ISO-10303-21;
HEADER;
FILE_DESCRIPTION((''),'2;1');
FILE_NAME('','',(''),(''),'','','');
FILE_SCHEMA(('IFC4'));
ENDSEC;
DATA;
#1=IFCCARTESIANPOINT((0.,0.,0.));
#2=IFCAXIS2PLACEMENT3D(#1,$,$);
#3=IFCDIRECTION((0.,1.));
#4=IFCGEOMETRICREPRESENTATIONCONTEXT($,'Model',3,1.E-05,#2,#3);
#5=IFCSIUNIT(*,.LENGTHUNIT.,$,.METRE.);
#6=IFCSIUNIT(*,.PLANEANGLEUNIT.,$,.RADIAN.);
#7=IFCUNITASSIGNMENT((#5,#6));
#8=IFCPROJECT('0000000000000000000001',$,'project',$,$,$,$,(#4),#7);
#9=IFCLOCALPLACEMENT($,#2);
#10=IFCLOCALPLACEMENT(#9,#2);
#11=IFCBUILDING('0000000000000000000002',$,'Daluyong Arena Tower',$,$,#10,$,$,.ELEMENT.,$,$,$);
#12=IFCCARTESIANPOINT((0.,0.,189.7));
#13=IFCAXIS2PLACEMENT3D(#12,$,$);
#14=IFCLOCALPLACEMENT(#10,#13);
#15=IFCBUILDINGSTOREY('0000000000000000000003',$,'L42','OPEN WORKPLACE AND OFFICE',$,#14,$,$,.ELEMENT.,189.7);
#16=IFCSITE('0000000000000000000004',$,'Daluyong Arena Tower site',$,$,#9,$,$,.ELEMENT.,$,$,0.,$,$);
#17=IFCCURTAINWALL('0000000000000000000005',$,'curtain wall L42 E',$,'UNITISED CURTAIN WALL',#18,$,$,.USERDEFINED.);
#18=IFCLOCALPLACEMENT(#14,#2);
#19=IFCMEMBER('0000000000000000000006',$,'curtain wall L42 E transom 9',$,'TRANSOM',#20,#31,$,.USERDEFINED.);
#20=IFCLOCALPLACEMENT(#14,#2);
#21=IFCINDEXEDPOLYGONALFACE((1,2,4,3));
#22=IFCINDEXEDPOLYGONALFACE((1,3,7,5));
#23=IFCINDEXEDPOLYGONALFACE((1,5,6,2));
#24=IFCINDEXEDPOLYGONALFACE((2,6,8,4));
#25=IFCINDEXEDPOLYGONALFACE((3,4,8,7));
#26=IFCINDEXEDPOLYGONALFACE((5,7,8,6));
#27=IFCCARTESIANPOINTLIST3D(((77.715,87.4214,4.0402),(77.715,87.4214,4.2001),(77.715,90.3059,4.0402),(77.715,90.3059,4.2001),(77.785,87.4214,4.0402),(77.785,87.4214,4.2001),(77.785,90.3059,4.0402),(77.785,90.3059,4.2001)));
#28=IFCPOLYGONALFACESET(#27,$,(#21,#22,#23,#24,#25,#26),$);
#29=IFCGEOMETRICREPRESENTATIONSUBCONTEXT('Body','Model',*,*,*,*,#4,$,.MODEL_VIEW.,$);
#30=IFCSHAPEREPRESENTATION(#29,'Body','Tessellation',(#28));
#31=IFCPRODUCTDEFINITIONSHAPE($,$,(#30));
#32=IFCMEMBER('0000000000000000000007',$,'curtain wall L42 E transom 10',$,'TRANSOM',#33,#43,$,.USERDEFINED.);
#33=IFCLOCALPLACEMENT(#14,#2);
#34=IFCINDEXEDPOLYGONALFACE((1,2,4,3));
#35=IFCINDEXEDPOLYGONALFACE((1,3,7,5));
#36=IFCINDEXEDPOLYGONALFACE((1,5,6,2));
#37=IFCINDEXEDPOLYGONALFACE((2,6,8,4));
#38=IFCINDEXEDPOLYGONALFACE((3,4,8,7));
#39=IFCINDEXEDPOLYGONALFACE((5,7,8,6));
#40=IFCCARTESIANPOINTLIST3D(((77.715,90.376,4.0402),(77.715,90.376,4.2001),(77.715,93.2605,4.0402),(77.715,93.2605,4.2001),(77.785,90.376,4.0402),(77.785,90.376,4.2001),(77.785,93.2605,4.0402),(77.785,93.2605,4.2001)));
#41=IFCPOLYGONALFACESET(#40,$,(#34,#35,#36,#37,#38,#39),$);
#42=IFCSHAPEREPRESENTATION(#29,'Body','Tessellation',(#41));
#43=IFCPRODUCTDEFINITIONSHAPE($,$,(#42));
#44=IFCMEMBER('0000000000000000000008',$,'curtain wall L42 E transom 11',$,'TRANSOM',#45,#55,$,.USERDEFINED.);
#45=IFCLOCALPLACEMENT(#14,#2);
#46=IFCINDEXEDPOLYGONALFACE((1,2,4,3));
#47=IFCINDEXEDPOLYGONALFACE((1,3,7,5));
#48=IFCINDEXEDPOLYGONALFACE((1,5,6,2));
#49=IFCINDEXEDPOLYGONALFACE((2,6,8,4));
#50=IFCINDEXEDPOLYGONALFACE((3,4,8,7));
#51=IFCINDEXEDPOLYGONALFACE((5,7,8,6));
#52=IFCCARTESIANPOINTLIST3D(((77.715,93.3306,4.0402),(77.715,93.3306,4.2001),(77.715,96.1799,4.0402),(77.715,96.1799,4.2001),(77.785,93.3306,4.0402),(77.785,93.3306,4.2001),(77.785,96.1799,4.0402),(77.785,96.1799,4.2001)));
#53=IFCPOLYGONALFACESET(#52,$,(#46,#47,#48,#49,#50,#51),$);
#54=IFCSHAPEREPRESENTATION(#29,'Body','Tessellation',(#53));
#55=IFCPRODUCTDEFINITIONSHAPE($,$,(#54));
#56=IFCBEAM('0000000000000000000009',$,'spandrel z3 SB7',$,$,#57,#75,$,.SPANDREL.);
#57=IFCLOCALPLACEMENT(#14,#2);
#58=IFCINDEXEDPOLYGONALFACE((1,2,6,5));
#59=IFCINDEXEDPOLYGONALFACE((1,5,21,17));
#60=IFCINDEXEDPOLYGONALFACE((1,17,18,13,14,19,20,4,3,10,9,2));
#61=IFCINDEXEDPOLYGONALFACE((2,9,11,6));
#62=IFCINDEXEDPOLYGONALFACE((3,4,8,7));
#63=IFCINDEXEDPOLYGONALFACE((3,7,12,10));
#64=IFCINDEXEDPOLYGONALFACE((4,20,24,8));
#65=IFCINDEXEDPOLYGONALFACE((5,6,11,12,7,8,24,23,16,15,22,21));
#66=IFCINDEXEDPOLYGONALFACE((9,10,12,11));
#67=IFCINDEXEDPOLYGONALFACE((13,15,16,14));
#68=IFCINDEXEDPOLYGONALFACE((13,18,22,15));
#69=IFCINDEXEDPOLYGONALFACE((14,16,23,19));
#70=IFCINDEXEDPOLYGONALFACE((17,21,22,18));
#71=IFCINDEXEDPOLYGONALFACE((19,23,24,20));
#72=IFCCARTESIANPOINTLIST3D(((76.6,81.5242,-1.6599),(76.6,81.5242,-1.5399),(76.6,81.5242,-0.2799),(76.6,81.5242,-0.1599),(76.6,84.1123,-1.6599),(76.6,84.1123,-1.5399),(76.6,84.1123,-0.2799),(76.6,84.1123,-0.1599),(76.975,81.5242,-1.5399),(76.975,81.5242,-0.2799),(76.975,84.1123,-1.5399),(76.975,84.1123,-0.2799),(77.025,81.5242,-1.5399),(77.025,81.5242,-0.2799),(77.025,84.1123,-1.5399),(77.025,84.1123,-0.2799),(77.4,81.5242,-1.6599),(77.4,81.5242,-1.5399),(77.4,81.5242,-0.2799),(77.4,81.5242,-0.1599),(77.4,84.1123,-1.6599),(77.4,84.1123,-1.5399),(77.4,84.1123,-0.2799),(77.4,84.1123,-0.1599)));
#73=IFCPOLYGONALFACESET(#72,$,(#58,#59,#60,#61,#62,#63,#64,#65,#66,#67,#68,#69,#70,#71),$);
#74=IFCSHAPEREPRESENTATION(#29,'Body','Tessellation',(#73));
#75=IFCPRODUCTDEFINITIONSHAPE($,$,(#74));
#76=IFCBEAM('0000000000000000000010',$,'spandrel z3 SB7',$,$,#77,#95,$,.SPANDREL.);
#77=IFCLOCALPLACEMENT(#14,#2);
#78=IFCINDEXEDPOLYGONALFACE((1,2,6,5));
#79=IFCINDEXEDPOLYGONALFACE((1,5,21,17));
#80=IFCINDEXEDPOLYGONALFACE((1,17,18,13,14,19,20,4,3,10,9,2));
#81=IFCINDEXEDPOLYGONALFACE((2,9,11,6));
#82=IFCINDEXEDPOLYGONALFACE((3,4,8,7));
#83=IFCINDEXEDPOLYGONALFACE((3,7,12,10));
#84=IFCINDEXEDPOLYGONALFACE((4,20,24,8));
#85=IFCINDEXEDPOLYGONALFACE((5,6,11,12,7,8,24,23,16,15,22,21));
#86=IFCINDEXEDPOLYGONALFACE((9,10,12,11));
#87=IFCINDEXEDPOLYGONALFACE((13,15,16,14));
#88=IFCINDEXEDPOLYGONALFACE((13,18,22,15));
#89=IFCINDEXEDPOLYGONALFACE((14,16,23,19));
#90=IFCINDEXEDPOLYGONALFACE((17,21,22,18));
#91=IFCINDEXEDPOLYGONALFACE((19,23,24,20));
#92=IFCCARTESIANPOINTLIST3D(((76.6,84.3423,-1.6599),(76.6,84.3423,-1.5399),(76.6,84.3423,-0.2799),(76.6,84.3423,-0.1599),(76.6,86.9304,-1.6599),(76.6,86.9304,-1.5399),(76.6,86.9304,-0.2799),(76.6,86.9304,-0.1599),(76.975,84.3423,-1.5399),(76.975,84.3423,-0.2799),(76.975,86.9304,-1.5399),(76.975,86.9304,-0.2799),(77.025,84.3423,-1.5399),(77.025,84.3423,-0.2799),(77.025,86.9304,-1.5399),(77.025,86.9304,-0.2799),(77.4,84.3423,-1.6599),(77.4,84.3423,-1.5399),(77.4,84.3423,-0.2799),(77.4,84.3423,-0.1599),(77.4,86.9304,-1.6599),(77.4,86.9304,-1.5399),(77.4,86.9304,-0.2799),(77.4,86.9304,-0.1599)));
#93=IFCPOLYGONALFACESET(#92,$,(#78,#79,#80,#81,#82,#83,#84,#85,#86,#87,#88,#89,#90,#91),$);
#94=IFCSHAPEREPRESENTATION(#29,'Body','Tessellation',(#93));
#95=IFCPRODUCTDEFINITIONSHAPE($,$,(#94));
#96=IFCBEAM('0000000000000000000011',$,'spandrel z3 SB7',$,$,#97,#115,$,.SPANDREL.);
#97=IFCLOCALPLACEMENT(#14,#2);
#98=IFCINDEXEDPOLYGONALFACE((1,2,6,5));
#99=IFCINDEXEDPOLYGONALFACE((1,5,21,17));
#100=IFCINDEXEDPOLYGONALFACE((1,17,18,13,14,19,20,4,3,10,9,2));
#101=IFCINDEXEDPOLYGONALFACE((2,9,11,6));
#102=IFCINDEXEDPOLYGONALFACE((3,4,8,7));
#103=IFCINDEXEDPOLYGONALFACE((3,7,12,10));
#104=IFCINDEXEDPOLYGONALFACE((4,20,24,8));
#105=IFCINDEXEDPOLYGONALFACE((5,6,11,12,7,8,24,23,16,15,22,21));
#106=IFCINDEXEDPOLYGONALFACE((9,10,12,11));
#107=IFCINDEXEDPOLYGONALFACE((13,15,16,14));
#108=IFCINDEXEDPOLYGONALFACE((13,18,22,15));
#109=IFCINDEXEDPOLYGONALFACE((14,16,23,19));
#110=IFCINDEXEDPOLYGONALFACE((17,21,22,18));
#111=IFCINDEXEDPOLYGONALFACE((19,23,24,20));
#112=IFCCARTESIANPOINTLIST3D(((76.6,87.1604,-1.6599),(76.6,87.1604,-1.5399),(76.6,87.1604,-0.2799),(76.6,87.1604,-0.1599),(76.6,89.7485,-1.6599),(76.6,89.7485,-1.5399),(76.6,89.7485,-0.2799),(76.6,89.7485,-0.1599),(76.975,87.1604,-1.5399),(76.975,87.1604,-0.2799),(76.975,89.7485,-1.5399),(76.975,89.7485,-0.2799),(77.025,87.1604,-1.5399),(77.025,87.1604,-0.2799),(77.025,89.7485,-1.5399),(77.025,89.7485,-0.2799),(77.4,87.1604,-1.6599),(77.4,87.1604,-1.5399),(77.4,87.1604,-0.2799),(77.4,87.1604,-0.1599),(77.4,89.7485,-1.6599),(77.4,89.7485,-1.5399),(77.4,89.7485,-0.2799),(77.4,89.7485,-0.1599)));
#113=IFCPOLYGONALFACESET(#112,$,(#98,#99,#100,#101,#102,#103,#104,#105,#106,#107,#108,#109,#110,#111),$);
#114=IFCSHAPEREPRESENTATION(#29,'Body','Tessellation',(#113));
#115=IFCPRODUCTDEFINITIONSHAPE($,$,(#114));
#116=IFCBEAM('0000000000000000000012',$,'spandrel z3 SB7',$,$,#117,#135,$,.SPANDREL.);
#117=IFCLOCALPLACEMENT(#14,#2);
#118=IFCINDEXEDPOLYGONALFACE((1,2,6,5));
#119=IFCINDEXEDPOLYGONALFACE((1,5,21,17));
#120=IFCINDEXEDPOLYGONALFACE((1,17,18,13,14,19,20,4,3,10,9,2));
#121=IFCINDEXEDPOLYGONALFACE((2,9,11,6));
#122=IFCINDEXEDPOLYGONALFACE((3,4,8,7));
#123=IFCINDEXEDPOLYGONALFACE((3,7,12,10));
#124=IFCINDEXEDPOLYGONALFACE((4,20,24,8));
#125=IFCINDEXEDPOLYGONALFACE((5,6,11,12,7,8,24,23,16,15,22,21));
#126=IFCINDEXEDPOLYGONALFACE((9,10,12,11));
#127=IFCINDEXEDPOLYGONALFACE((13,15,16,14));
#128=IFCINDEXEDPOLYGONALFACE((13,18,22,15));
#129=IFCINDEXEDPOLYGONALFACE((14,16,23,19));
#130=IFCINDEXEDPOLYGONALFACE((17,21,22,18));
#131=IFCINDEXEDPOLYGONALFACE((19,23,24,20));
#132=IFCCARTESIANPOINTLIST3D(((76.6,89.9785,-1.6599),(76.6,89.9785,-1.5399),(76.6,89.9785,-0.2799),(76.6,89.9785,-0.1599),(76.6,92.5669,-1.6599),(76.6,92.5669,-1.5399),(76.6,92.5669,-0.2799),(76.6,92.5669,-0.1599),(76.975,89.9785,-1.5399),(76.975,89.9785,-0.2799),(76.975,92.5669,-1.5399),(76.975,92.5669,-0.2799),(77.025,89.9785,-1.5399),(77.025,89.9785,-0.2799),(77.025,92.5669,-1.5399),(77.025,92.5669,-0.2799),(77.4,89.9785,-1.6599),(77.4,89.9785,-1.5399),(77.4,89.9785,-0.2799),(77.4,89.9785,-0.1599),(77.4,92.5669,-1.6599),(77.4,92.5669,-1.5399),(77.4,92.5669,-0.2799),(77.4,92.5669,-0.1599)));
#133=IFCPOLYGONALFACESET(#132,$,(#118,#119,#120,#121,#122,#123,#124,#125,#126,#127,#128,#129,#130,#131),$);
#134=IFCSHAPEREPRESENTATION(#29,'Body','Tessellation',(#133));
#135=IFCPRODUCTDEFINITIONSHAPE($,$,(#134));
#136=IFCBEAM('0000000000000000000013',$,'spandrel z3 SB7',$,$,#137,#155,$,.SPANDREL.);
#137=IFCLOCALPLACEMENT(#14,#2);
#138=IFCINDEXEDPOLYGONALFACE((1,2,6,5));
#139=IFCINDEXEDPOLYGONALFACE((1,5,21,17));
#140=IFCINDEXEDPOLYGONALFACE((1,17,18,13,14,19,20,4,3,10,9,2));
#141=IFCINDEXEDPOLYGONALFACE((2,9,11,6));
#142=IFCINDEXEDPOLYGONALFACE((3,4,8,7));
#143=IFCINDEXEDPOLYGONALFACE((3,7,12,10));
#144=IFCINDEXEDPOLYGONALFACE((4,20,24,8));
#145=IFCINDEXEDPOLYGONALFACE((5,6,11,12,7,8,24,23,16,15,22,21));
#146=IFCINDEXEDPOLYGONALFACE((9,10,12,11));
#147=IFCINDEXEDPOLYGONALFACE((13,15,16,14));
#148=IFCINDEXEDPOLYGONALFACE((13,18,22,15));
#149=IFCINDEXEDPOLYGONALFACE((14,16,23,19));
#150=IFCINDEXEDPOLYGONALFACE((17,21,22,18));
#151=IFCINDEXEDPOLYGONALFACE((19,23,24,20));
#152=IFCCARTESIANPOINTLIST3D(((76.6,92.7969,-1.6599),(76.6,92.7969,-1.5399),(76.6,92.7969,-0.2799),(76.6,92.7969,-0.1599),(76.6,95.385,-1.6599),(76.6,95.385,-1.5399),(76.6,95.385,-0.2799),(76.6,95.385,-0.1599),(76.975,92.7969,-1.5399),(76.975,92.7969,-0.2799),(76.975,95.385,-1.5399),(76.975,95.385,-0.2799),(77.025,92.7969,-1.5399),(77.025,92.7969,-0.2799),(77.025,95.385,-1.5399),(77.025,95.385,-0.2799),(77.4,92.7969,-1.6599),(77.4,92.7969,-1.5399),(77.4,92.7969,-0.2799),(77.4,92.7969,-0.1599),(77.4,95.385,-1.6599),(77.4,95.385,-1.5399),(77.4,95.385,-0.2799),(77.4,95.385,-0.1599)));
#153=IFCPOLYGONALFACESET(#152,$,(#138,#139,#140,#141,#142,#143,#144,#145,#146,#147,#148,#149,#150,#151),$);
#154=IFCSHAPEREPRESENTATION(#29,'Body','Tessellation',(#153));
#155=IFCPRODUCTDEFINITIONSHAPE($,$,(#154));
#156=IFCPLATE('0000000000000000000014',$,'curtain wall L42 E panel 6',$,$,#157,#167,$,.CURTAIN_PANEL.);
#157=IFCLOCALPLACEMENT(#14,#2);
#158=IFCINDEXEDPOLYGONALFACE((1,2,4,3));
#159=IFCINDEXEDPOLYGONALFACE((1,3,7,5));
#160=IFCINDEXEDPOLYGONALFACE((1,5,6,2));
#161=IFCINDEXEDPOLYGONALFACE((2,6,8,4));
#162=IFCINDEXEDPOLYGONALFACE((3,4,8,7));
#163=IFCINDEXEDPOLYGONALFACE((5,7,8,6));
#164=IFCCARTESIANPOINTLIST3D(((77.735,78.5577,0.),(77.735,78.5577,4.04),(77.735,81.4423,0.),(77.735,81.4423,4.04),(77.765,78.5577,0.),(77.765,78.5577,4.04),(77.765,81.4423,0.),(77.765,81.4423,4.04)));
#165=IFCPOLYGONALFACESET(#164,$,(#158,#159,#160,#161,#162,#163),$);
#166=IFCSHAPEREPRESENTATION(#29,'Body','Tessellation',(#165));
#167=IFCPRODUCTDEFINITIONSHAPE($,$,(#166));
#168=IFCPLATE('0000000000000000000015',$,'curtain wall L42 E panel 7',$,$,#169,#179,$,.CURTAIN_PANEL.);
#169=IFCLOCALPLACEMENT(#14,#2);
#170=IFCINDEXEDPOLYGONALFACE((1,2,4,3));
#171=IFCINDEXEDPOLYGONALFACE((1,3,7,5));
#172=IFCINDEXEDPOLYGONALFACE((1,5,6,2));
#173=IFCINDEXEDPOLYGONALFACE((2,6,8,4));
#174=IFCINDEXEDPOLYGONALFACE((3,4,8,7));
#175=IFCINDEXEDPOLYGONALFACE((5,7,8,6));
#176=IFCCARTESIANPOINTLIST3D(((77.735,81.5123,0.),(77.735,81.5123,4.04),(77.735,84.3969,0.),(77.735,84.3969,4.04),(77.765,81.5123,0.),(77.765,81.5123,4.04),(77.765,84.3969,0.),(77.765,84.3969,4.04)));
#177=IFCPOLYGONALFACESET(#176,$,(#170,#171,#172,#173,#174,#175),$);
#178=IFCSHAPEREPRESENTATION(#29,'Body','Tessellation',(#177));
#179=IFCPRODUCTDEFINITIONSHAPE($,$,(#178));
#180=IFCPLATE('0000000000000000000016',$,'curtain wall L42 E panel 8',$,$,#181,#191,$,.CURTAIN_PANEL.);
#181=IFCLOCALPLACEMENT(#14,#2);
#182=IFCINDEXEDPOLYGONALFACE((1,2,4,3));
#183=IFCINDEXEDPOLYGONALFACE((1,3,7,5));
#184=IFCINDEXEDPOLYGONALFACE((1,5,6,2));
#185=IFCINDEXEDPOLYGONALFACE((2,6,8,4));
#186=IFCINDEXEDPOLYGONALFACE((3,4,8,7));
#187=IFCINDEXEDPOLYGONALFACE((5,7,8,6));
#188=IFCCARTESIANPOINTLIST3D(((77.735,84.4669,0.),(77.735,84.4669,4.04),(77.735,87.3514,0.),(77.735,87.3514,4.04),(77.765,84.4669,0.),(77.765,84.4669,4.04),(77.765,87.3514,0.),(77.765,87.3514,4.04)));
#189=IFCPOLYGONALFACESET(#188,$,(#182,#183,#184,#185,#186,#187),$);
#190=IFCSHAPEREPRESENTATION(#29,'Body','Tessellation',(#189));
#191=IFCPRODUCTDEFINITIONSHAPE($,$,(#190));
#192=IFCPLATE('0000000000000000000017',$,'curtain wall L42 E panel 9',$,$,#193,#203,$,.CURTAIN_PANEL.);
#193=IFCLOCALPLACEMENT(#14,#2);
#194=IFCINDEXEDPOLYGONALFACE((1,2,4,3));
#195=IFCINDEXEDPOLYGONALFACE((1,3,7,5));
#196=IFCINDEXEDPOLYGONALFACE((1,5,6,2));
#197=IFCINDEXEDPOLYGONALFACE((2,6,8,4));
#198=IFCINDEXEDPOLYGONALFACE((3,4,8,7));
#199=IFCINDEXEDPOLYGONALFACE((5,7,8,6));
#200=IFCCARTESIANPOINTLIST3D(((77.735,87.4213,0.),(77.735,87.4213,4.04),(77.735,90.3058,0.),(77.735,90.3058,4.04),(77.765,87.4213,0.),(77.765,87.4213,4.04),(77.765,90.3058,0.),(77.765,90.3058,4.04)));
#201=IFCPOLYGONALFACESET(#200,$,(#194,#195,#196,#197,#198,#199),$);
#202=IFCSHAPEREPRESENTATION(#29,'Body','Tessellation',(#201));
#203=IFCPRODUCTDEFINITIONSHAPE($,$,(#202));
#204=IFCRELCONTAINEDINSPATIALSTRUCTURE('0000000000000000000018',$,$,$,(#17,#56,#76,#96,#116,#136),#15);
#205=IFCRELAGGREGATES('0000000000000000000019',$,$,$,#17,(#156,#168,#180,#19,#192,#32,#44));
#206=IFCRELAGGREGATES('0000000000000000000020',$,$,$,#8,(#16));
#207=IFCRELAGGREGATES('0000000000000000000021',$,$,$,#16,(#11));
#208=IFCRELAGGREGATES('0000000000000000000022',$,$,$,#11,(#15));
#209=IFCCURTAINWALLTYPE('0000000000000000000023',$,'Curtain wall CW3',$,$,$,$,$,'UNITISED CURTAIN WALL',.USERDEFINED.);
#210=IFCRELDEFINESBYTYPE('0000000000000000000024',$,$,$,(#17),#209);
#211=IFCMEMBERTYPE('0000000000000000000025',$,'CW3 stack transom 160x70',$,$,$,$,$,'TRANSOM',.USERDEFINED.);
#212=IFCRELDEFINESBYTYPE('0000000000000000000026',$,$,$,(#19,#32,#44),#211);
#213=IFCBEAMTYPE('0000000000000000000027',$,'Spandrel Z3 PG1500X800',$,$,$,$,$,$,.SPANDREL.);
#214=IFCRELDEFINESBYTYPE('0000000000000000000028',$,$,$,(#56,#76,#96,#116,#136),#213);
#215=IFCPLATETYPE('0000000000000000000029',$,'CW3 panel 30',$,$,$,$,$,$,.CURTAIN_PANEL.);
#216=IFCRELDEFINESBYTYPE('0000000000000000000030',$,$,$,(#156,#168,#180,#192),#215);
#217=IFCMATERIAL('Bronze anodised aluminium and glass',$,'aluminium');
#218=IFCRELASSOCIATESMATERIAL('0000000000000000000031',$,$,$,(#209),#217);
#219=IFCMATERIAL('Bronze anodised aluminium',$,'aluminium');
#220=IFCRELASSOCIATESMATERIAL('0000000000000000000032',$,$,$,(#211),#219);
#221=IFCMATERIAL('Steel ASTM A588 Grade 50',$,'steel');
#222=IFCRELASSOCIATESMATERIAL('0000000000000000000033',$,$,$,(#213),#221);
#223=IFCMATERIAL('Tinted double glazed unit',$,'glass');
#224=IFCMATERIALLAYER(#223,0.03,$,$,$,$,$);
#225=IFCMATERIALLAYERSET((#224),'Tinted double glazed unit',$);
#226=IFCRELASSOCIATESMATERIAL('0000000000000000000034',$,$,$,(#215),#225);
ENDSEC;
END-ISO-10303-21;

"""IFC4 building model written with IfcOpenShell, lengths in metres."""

from ifc_helpers import new_model, si_unit, direction, frame, origin, origin_2d, place, context, subcontext, project, spatial, rectangle, i_section, extrude, material, layer, layer_set, material_profile, profile_set, type_object, element, aggregate, save


model = new_model("IFC4")

# Units and contexts
model_context = context("Model", 3, precision=1e-05, world=origin(), true_north=direction((0.0, 1.0)))
body_context = subcontext(model_context, "Body", "Model", "MODEL_VIEW")
ifc_project = project(units=[si_unit("LENGTHUNIT", "METRE"), si_unit("PLANEANGLEUNIT", "RADIAN")], contexts=[model_context])

# Site, building, storey
site_placement = place(None, origin())
site = spatial("IfcSite", under=ifc_project, at=site_placement, Name="Daluyong Arena Tower site", CompositionType="ELEMENT", RefElevation=0.0)
building_placement = place(site_placement, origin())
building = spatial("IfcBuilding", under=site, at=building_placement, Name="Daluyong Arena Tower", CompositionType="ELEMENT")
storey_placement = place(building_placement, frame((0.0, 0.0, 189.7)))
storey = spatial("IfcBuildingStorey", under=building, at=storey_placement, Name="L42", Description="OPEN WORKPLACE AND OFFICE", CompositionType="ELEMENT", Elevation=189.7)

# Curtain wall, members
ifc_material_1 = material(Name="Bronze anodised aluminium and glass", Category="aluminium")
curtain_wall_type = type_object("IfcCurtainWallType", Name="Curtain wall CW3", ElementType="UNITISED CURTAIN WALL", PredefinedType="USERDEFINED", material=ifc_material_1)
curtain_wall_placement = place(storey_placement, origin())
curtain_wall = element("IfcCurtainWall", 1, at=curtain_wall_placement, inside=storey, type_object=curtain_wall_type, Name="curtain wall L42 E", ObjectType="UNITISED CURTAIN WALL", PredefinedType="USERDEFINED")
ifc_material_2 = material(Name="Bronze anodised aluminium", Category="aluminium")
ifc_material_profile_1 = material_profile(ifc_material_2, rectangle(XDim=0.0701, YDim=0.1599, at=origin_2d()))
ifc_profile_set_1 = profile_set([ifc_material_profile_1], Name="Bronze anodised aluminium")
member_type_1 = type_object("IfcMemberType", Name="CW3 stack transom 160x70", ElementType="TRANSOM", PredefinedType="USERDEFINED", material=ifc_profile_set_1)
member_1_placement = place(storey_placement, frame((77.75, 87.4214, 4.1201), z_axis=(0.0, 1.0, 0.0), x_axis=(-1.0, 0.0, 0.0)))
member_1 = element("IfcMember", 2, at=member_1_placement, type_object=member_type_1, Name="curtain wall L42 E transom 9", ObjectType="TRANSOM", PredefinedType="USERDEFINED", context=body_context, shape_type="SweptSolid", body=[
    extrude(rectangle(XDim=0.0701, YDim=0.1599, at=origin_2d()), origin(), (0.0, 0.0, 1.0), 2.8845),
])
member_2_placement = place(storey_placement, frame((77.75, 90.376, 4.1201), z_axis=(0.0, 1.0, 0.0), x_axis=(-1.0, 0.0, 0.0)))
member_2 = element("IfcMember", 3, at=member_2_placement, type_object=member_type_1, Name="curtain wall L42 E transom 10", ObjectType="TRANSOM", PredefinedType="USERDEFINED", context=body_context, shape_type="SweptSolid", body=[
    extrude(rectangle(XDim=0.0701, YDim=0.1599, at=origin_2d()), origin(), (0.0, 0.0, 1.0), 2.8845),
])
member_3_placement = place(storey_placement, frame((77.75, 93.3306, 4.1201), z_axis=(0.0, 1.0, 0.0), x_axis=(-1.0, 0.0, 0.0)))
member_3 = element("IfcMember", 4, at=member_3_placement, type_object=member_type_1, Name="curtain wall L42 E transom 11", ObjectType="TRANSOM", PredefinedType="USERDEFINED", context=body_context, shape_type="SweptSolid", body=[
    extrude(rectangle(XDim=0.0701, YDim=0.1599, at=origin_2d()), origin(), (0.0, 0.0, 1.0), 2.8494),
])

# Beams
ifc_material_3 = material(Name="Steel ASTM A588 Grade 50", Category="steel")
ifc_material_profile_2 = material_profile(ifc_material_3, i_section(OverallWidth=0.8, OverallDepth=1.5, WebThickness=0.05, FlangeThickness=0.12, at=origin_2d()))
ifc_profile_set_2 = profile_set([ifc_material_profile_2], Name="Steel ASTM A588 Grade 50")
beam_type = type_object("IfcBeamType", Name="Spandrel Z3 PG1500X800", PredefinedType="SPANDREL", material=ifc_profile_set_2)
for number, where, z_axis, x_axis, name in (
    (5, (77.0, 81.5242, -0.9099), (0.0, 1.0, 0.0), (-1.0, 0.0, 0.0), "spandrel z3 SB7"),
    (6, (77.0, 84.3423, -0.9099), (0.0, 1.0, 0.0), (-1.0, 0.0, 0.0), "spandrel z3 SB7"),
    (7, (77.0, 87.1604, -0.9099), (0.0, 1.0, 0.0), (-1.0, 0.0, 0.0), "spandrel z3 SB7"),
):
    element("IfcBeam", number, at=place(storey_placement, frame(where, z_axis=z_axis, x_axis=x_axis)), inside=storey, type_object=beam_type, Name=name, PredefinedType="SPANDREL", context=body_context, shape_type="SweptSolid", body=[
        extrude(i_section(OverallWidth=0.8, OverallDepth=1.5, WebThickness=0.05, FlangeThickness=0.12, at=origin_2d()), origin(), (0.0, 0.0, 1.0), 2.5881),
    ])
beam_1_placement = place(storey_placement, frame((77.0, 89.9785, -0.9099), z_axis=(0.0, 1.0, 0.0), x_axis=(-1.0, 0.0, 0.0)))
element("IfcBeam", 8, at=beam_1_placement, inside=storey, type_object=beam_type, Name="spandrel z3 SB7", PredefinedType="SPANDREL", context=body_context, shape_type="SweptSolid", body=[
    extrude(i_section(OverallWidth=0.8, OverallDepth=1.5, WebThickness=0.05, FlangeThickness=0.12, at=origin_2d()), origin(), (0.0, 0.0, 1.0), 2.5884),
])
beam_2_placement = place(storey_placement, frame((77.0, 92.7969, -0.9099), z_axis=(0.0, 1.0, 0.0), x_axis=(-1.0, 0.0, 0.0)))
element("IfcBeam", 9, at=beam_2_placement, inside=storey, type_object=beam_type, Name="spandrel z3 SB7", PredefinedType="SPANDREL", context=body_context, shape_type="SweptSolid", body=[
    extrude(i_section(OverallWidth=0.8, OverallDepth=1.5, WebThickness=0.05, FlangeThickness=0.12, at=origin_2d()), origin(), (0.0, 0.0, 1.0), 2.5881),
])

# Plates
ifc_material_4 = material(Name="Tinted double glazed unit", Category="glass")
ifc_layer = layer(ifc_material_4, 0.03)
ifc_layer_set = layer_set([ifc_layer], Name="Tinted double glazed unit")
plate_type = type_object("IfcPlateType", Name="CW3 panel 30", PredefinedType="CURTAIN_PANEL", material=ifc_layer_set)
plate_1_placement = place(storey_placement, frame((77.75, 80.0, 0.0), z_axis=(0.0, 0.0, 1.0), x_axis=(0.0, 1.0, 0.0)))
plate_1 = element("IfcPlate", 10, at=plate_1_placement, type_object=plate_type, Name="curtain wall L42 E panel 6", PredefinedType="CURTAIN_PANEL", context=body_context, shape_type="SweptSolid", body=[
    extrude(rectangle(XDim=2.8845, YDim=0.03, at=origin_2d()), origin(), (0.0, 0.0, 1.0), 4.04),
])
plate_2_placement = place(storey_placement, frame((77.75, 82.9546, 0.0), z_axis=(0.0, 0.0, 1.0), x_axis=(0.0, 1.0, 0.0)))
plate_2 = element("IfcPlate", 11, at=plate_2_placement, type_object=plate_type, Name="curtain wall L42 E panel 7", PredefinedType="CURTAIN_PANEL", context=body_context, shape_type="SweptSolid", body=[
    extrude(rectangle(XDim=2.8845, YDim=0.03, at=origin_2d()), origin(), (0.0, 0.0, 1.0), 4.04),
])
plate_3_placement = place(storey_placement, frame((77.75, 85.9092, 0.0), z_axis=(0.0, 0.0, 1.0), x_axis=(0.0, 1.0, 0.0)))
plate_3 = element("IfcPlate", 12, at=plate_3_placement, type_object=plate_type, Name="curtain wall L42 E panel 8", PredefinedType="CURTAIN_PANEL", context=body_context, shape_type="SweptSolid", body=[
    extrude(rectangle(XDim=2.8845, YDim=0.03, at=origin_2d()), origin(), (0.0, 0.0, 1.0), 4.04),
])
plate_4_placement = place(storey_placement, frame((77.75, 88.8635, 0.0), z_axis=(0.0, 0.0, 1.0), x_axis=(0.0, 1.0, 0.0)))
plate_4 = element("IfcPlate", 13, at=plate_4_placement, type_object=plate_type, Name="curtain wall L42 E panel 9", PredefinedType="CURTAIN_PANEL", context=body_context, shape_type="SweptSolid", body=[
    extrude(rectangle(XDim=2.8845, YDim=0.03, at=origin_2d()), origin(), (0.0, 0.0, 1.0), 4.04),
])
aggregate(curtain_wall, [plate_1, plate_2, plate_3, member_1, plate_4, member_2, member_3])

save(model, "model.ifc")
